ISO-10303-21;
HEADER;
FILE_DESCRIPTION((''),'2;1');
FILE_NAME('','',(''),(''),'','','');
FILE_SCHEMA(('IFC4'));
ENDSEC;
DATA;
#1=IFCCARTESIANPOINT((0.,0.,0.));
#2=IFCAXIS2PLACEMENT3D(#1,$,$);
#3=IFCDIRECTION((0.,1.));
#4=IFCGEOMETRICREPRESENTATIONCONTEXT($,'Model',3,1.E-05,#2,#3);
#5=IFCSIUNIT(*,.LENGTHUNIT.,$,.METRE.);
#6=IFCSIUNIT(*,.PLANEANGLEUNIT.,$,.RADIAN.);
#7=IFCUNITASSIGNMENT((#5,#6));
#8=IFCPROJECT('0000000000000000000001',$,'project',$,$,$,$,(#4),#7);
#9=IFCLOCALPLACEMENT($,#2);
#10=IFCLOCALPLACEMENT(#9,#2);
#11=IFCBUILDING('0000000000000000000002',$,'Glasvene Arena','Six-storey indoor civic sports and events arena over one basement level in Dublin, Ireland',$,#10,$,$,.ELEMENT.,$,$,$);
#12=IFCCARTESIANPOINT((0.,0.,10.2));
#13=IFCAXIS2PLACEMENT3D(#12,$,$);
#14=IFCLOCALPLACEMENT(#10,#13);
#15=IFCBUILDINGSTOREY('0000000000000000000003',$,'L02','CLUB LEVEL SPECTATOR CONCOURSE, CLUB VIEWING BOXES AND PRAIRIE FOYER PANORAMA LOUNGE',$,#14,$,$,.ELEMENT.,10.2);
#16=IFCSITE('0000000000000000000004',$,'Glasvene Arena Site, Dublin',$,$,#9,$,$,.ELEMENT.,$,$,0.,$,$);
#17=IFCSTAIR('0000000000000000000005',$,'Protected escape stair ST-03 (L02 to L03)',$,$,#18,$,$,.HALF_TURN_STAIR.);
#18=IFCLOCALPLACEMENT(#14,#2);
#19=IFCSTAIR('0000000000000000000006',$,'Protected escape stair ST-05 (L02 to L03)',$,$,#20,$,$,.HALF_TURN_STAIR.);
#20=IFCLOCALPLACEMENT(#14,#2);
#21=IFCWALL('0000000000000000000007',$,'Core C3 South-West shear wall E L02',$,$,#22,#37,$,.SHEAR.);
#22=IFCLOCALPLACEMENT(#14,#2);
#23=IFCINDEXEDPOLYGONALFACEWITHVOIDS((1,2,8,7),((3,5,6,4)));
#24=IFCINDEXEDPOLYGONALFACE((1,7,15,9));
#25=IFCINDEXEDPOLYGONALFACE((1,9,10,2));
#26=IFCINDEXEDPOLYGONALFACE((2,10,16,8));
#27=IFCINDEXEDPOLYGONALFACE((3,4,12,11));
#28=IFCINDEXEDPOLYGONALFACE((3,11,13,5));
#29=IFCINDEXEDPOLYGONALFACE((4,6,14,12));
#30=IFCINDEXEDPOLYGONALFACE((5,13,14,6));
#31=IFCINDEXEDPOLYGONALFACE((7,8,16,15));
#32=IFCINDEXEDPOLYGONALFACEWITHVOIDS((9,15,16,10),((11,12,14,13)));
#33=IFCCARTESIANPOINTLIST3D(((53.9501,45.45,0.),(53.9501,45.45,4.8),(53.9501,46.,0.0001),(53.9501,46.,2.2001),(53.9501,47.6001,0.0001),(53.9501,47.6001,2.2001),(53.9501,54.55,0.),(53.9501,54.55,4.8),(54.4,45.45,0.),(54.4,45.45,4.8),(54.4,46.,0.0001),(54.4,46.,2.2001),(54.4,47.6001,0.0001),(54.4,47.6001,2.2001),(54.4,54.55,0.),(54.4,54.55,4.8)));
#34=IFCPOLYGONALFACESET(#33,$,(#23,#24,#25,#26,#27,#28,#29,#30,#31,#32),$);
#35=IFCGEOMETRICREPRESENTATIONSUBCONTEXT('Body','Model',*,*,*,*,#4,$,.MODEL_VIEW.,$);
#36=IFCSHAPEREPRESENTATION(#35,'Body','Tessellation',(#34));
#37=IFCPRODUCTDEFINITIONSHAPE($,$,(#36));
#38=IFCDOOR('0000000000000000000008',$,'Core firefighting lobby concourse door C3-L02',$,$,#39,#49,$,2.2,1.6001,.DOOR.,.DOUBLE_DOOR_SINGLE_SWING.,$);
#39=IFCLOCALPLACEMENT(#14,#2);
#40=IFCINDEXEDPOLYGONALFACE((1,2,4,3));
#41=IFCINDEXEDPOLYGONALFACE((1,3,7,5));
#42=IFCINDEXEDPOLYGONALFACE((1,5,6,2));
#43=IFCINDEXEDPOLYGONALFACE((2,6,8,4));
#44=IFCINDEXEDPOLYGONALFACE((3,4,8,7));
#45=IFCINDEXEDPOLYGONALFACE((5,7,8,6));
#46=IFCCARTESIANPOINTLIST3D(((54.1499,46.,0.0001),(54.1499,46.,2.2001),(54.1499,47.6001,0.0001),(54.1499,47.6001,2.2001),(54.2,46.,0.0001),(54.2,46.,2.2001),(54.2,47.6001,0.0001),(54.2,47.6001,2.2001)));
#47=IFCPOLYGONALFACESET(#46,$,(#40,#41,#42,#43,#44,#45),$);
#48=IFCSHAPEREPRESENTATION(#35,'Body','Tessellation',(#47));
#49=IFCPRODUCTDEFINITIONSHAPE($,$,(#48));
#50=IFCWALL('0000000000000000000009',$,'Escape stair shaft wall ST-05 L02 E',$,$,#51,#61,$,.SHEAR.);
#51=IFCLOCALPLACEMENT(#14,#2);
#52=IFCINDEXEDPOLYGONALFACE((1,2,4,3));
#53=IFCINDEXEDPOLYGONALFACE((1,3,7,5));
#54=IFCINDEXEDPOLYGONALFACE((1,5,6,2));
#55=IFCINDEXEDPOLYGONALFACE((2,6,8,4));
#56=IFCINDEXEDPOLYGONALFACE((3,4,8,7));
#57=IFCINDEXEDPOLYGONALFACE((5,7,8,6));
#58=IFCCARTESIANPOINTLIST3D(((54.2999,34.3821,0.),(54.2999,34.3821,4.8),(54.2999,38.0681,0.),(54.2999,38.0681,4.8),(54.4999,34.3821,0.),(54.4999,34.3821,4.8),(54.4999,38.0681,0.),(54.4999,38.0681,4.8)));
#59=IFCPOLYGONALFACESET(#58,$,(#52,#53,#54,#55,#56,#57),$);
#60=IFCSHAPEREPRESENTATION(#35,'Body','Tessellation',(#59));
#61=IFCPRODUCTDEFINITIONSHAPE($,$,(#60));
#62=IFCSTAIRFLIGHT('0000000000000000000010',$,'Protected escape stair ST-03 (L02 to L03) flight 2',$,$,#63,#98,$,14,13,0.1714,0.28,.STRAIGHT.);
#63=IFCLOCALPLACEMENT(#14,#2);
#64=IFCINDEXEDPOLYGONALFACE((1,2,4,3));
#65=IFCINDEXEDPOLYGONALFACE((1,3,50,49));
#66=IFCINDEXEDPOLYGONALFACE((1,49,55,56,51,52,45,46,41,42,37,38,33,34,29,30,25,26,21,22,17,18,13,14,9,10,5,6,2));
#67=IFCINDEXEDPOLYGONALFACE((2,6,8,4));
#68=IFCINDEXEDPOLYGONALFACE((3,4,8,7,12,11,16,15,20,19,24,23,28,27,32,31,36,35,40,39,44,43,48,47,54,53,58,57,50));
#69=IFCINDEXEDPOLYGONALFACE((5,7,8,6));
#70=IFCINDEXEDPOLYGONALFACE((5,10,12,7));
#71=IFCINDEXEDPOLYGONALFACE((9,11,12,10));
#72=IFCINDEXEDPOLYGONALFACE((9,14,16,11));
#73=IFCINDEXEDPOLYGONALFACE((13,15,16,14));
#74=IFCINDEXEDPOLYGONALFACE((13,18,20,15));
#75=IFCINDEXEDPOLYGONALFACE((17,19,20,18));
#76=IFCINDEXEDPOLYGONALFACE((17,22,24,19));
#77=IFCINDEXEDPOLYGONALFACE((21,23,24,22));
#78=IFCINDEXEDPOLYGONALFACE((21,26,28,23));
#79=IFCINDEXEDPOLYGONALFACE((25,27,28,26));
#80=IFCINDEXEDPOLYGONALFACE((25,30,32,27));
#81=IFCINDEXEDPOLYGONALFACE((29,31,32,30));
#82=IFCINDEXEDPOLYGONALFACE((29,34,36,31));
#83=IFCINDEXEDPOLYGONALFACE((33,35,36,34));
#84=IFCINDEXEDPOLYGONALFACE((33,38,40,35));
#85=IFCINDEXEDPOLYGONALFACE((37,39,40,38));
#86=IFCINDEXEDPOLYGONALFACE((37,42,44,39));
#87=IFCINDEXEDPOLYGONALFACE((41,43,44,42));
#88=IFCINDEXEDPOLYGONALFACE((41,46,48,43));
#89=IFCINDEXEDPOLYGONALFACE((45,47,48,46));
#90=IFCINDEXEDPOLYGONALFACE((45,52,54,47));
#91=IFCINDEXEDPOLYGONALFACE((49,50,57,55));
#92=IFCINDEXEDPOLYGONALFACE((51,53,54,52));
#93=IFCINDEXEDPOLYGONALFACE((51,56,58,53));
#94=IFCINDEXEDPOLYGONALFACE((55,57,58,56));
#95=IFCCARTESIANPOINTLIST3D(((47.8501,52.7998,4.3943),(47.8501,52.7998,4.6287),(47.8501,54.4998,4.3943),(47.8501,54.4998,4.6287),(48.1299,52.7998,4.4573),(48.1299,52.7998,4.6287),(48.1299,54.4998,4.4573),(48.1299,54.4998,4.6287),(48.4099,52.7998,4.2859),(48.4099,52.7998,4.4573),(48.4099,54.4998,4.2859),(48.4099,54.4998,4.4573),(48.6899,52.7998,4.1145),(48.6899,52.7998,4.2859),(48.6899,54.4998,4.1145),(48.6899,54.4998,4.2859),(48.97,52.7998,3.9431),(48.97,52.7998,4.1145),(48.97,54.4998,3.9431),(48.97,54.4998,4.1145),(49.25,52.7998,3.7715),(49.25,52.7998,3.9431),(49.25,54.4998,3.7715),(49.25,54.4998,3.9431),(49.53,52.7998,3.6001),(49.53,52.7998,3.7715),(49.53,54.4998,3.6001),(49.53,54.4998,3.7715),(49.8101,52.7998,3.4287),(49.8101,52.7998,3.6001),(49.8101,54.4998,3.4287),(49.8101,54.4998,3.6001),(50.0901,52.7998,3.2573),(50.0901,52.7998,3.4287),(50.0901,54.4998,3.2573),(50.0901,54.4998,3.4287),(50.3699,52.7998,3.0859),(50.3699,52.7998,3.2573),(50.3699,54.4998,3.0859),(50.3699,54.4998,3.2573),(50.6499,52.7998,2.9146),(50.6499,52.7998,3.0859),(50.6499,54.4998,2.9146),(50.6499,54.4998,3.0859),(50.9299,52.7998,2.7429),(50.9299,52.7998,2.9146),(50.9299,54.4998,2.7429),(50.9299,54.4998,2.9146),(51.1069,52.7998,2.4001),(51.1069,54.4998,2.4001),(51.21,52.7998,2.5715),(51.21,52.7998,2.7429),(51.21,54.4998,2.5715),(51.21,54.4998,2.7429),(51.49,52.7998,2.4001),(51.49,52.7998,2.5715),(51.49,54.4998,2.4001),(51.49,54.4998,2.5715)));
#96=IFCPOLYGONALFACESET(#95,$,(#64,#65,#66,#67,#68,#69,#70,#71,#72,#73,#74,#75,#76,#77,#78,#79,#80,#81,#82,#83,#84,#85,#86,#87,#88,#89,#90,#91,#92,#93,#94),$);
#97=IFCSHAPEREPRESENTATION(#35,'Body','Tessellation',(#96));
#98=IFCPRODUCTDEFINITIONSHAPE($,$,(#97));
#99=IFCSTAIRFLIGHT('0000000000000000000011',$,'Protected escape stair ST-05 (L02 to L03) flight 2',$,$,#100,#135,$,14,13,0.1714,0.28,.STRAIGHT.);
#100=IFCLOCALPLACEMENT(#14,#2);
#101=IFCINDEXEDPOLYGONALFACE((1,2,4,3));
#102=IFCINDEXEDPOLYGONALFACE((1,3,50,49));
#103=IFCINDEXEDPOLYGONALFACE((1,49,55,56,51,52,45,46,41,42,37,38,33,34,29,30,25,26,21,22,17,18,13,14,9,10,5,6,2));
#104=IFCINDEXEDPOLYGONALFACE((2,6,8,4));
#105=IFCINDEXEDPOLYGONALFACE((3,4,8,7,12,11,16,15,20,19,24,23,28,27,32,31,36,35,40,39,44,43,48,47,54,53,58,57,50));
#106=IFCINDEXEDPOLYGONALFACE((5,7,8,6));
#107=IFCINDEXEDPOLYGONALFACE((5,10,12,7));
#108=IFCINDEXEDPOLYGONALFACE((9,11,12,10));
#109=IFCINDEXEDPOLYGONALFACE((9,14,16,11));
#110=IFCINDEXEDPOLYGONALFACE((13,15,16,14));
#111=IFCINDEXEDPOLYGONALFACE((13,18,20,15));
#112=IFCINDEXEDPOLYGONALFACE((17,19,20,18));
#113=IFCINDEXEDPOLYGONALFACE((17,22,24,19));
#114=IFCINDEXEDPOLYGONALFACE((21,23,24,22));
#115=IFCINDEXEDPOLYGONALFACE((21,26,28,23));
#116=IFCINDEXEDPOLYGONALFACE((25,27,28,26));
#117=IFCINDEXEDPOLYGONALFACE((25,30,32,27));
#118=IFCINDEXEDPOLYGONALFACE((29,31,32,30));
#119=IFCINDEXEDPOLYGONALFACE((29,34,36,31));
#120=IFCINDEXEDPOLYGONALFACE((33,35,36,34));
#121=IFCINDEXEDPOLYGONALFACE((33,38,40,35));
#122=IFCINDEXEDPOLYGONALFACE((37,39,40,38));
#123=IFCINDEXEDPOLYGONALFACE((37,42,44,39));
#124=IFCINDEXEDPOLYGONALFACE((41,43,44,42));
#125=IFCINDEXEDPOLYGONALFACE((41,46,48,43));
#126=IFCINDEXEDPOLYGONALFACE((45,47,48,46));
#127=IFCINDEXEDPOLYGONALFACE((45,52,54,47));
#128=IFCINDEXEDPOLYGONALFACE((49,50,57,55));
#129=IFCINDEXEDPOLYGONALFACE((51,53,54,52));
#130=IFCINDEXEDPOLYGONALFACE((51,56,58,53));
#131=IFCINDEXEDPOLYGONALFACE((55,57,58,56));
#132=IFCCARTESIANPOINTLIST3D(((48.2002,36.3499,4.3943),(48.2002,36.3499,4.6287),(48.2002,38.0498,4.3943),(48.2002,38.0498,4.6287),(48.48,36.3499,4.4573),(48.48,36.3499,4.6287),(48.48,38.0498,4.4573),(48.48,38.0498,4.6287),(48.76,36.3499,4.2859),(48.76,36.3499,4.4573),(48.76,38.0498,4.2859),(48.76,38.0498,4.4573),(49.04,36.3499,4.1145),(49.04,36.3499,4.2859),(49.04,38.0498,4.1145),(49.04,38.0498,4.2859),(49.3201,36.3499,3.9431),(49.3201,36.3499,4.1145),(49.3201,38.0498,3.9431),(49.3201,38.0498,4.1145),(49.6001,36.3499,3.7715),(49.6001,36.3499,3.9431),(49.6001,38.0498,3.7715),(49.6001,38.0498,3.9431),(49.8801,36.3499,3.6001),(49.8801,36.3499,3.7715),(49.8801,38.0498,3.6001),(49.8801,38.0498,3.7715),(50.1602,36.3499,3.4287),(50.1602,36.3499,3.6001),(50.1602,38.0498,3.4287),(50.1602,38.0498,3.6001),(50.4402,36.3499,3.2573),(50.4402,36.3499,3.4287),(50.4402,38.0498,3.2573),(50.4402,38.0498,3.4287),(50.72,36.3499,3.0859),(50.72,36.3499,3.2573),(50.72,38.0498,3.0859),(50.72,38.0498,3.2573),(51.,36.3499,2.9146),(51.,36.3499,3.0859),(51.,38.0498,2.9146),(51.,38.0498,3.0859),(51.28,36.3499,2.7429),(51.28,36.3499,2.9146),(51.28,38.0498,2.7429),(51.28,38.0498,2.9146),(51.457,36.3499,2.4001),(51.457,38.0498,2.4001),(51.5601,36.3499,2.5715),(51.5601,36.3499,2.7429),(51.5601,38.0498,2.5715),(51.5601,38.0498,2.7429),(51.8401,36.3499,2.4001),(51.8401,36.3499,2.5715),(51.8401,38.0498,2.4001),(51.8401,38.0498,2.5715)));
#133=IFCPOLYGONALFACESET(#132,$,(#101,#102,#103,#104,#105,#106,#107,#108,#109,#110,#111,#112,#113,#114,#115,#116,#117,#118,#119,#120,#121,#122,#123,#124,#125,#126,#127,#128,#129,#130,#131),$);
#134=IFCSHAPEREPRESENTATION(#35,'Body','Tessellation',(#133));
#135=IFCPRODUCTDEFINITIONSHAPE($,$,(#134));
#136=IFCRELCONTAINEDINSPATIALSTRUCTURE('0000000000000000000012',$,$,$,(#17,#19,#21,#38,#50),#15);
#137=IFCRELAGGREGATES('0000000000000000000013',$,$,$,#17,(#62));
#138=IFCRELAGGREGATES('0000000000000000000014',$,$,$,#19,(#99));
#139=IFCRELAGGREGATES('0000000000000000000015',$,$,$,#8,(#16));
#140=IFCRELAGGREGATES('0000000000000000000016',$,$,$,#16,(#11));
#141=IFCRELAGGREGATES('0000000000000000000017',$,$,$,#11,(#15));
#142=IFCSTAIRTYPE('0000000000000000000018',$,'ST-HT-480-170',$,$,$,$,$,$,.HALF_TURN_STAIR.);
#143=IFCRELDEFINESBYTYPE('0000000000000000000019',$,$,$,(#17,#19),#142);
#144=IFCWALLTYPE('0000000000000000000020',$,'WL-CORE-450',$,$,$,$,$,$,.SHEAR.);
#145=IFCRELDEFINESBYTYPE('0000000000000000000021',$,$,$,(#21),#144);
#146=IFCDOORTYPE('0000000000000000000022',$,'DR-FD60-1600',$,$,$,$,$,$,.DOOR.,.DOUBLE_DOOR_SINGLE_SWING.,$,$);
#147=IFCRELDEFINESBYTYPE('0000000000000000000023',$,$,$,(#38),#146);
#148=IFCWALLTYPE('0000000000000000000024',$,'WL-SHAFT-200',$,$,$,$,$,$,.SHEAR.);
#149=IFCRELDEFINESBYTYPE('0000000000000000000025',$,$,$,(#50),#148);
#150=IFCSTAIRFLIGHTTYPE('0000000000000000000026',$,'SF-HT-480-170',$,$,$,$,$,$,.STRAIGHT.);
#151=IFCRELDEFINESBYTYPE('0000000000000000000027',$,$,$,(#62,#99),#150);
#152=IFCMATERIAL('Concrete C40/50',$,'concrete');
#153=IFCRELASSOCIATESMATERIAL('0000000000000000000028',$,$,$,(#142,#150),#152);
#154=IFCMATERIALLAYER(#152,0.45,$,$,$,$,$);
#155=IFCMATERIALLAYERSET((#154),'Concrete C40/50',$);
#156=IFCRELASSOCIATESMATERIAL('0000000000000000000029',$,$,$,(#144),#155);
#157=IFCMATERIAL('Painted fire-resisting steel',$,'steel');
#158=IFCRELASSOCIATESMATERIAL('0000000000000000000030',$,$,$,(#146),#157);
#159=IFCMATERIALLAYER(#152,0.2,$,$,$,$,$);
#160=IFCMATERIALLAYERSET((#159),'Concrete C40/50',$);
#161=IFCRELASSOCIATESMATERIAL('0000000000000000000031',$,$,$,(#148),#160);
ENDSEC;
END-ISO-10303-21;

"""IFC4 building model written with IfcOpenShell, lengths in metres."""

from ifc_helpers import new_model, si_unit, direction, frame, frame_2d, origin, place, context, subcontext, project, spatial, polyline, rectangle, outline, extrude, material, layer, layer_set, type_object, element, fill, aggregate, save


model = new_model("IFC4")

# Units and contexts
model_context = context("Model", 3, precision=1e-05, world=origin(), true_north=direction((0.0, 1.0)))
body_context = subcontext(model_context, "Body", "Model", "MODEL_VIEW")
ifc_project = project(units=[si_unit("LENGTHUNIT", "METRE"), si_unit("PLANEANGLEUNIT", "RADIAN")], contexts=[model_context])

# Site, building, storey
site_placement = place(None, origin())
site = spatial("IfcSite", under=ifc_project, at=site_placement, Name="Glasvene Arena Site, Dublin", CompositionType="ELEMENT", RefElevation=0.0)
building_placement = place(site_placement, origin())
building = spatial("IfcBuilding", under=site, at=building_placement, Name="Glasvene Arena", Description="Six-storey indoor civic sports and events arena over one basement level in Dublin, Ireland", CompositionType="ELEMENT")
storey_placement = place(building_placement, frame((0.0, 0.0, 10.2)))
storey = spatial("IfcBuildingStorey", under=building, at=storey_placement, Name="L02", Description="CLUB LEVEL SPECTATOR CONCOURSE, CLUB VIEWING BOXES AND PRAIRIE FOYER PANORAMA LOUNGE", CompositionType="ELEMENT", Elevation=10.2)

# Shared definitions
ifc_material_1 = material(Name="Concrete C40/50", Category="concrete")

# Stairs
stair_type = type_object("IfcStairType", Name="ST-HT-480-170", PredefinedType="HALF_TURN_STAIR", material=ifc_material_1)
stair_1_placement = place(storey_placement, origin())
stair_1 = element("IfcStair", 1, at=stair_1_placement, inside=storey, type_object=stair_type, Name="Protected escape stair ST-03 (L02 to L03)", PredefinedType="HALF_TURN_STAIR")
stair_2_placement = place(storey_placement, origin())
stair_2 = element("IfcStair", 2, at=stair_2_placement, inside=storey, type_object=stair_type, Name="Protected escape stair ST-05 (L02 to L03)", PredefinedType="HALF_TURN_STAIR")

# Wall, opening, door
ifc_layer_1 = layer(ifc_material_1, 0.45)
ifc_layer_set_1 = layer_set([ifc_layer_1], Name="Concrete C40/50")
wall_type_1 = type_object("IfcWallType", Name="WL-CORE-450", PredefinedType="SHEAR", material=ifc_layer_set_1)
wall_1_placement = place(storey_placement, frame((54.175, 45.45, 0.0), z_axis=(0.0, 0.0, 1.0), x_axis=(0.0, 1.0, 0.0)))
wall_1 = element("IfcWall", 3, at=wall_1_placement, inside=storey, type_object=wall_type_1, Name="Core C3 South-West shear wall E L02", PredefinedType="SHEAR", context=body_context, shape_type="SweptSolid", body=[
    extrude(rectangle(XDim=9.1001, YDim=0.45, at=frame_2d((4.55, 0.0))), origin(), (0.0, 0.0, 1.0), 4.8),
])
opening_placement = place(wall_1_placement, frame((0.55, 0.0, 0.0)))
opening = element("IfcOpeningElement", 4, at=opening_placement, cuts=wall_1, PredefinedType="OPENING", context=body_context, shape_type="SweptSolid", body=[
    extrude(rectangle(XDim=1.6001, YDim=2.2, at=frame_2d((0.8, 1.1001))), frame((0.0, 0.2349, 0.0), z_axis=(0.0, -1.0, 0.0), x_axis=(1.0, 0.0, 0.0)), (0.0, 0.0, 1.0), 0.47),
])
ifc_material_2 = material(Name="Painted fire-resisting steel", Category="steel")
door_type = type_object("IfcDoorType", Name="DR-FD60-1600", OperationType="DOUBLE_DOOR_SINGLE_SWING", PredefinedType="DOOR", material=ifc_material_2)
door_placement = place(opening_placement, frame((1.6001, 0.0, 0.0), z_axis=(0.0, 0.0, 1.0), x_axis=(-1.0, 0.0, 0.0)))
door = element("IfcDoor", 5, at=door_placement, inside=storey, type_object=door_type, Name="Core firefighting lobby concourse door C3-L02", OperationType="DOUBLE_DOOR_SINGLE_SWING", OverallHeight=2.2, OverallWidth=1.6001, PredefinedType="DOOR", context=body_context, shape_type="SweptSolid", body=[
    extrude(rectangle(XDim=1.6001, YDim=2.2, at=frame_2d((0.8, 1.1001))), frame((0.0, 0.0249, 0.0), z_axis=(0.0, -1.0, 0.0), x_axis=(1.0, 0.0, 0.0)), (0.0, 0.0, 1.0), 0.05),
])
fill(opening, door)

# Wall
ifc_layer_2 = layer(ifc_material_1, 0.2)
ifc_layer_set_2 = layer_set([ifc_layer_2], Name="Concrete C40/50")
wall_type_2 = type_object("IfcWallType", Name="WL-SHAFT-200", PredefinedType="SHEAR", material=ifc_layer_set_2)
wall_2_placement = place(storey_placement, frame((54.3999, 34.3821, 0.0), z_axis=(0.0, 0.0, 1.0), x_axis=(0.0, 1.0, 0.0)))
element("IfcWall", 6, at=wall_2_placement, inside=storey, type_object=wall_type_2, Name="Escape stair shaft wall ST-05 L02 E", PredefinedType="SHEAR", context=body_context, shape_type="SweptSolid", body=[
    extrude(rectangle(XDim=3.686, YDim=0.2, at=frame_2d((1.843, 0.0))), origin(), (0.0, 0.0, 1.0), 4.8),
])

# Stair flights
stair_flight_type = type_object("IfcStairFlightType", Name="SF-HT-480-170", PredefinedType="STRAIGHT", material=ifc_material_1)
stair_flight_1_placement = place(storey_placement, frame((51.49, 53.6499, 2.4001), z_axis=(0.0, 0.0, 1.0), x_axis=(-1.0, 0.0, 0.0)))
stair_flight_1 = element("IfcStairFlight", 7, at=stair_flight_1_placement, type_object=stair_flight_type, Name="Protected escape stair ST-03 (L02 to L03) flight 2", NumberOfRisers=14, NumberOfTreads=13, PredefinedType="STRAIGHT", RiserHeight=0.1714, TreadLength=0.28, context=body_context, shape_type="SweptSolid", body=[
    extrude(outline(polyline([(0.0, 0.0), (0.0, 0.1714), (0.28, 0.1714), (0.28, 0.3428), (0.5601, 0.3428), (0.5601, 0.5144), (0.8401, 0.5144), (0.8401, 0.6858), (1.1201, 0.6858), (1.1201, 0.8572), (1.3999, 0.8572), (1.3999, 1.0286), (1.6799, 1.0286), (1.6799, 1.2), (1.96, 1.2), (1.96, 1.3713), (2.24, 1.3713), (2.24, 1.543), (2.52, 1.543), (2.52, 1.7144), (2.8, 1.7144), (2.8, 1.8857), (3.0801, 1.8857), (3.0801, 2.0571), (3.3601, 2.0571), (3.3601, 2.2285), (3.6399, 2.2285), (3.6399, 2.3999), (3.6399, 1.9941), (0.3831, 0.0), (0.0, 0.0)])), frame((0.0, 0.8501, 0.0), z_axis=(0.0, -1.0, 0.0), x_axis=(1.0, 0.0, 0.0)), (0.0, 0.0, 1.0), 1.7),
])
aggregate(stair_1, [stair_flight_1])
stair_flight_2_placement = place(storey_placement, frame((51.8401, 37.2, 2.4001), z_axis=(0.0, 0.0, 1.0), x_axis=(-1.0, 0.0, 0.0)))
stair_flight_2 = element("IfcStairFlight", 8, at=stair_flight_2_placement, type_object=stair_flight_type, Name="Protected escape stair ST-05 (L02 to L03) flight 2", NumberOfRisers=14, NumberOfTreads=13, PredefinedType="STRAIGHT", RiserHeight=0.1714, TreadLength=0.28, context=body_context, shape_type="SweptSolid", body=[
    extrude(outline(polyline([(0.0, 0.0), (0.0, 0.1714), (0.28, 0.1714), (0.28, 0.3428), (0.5601, 0.3428), (0.5601, 0.5144), (0.8401, 0.5144), (0.8401, 0.6858), (1.1201, 0.6858), (1.1201, 0.8572), (1.3999, 0.8572), (1.3999, 1.0286), (1.6799, 1.0286), (1.6799, 1.2), (1.96, 1.2), (1.96, 1.3713), (2.24, 1.3713), (2.24, 1.543), (2.52, 1.543), (2.52, 1.7144), (2.8, 1.7144), (2.8, 1.8857), (3.0801, 1.8857), (3.0801, 2.0571), (3.3601, 2.0571), (3.3601, 2.2285), (3.6399, 2.2285), (3.6399, 2.3999), (3.6399, 1.9941), (0.3831, 0.0), (0.0, 0.0)])), frame((0.0, 0.8501, 0.0), z_axis=(0.0, -1.0, 0.0), x_axis=(1.0, 0.0, 0.0)), (0.0, 0.0, 1.0), 1.7),
])
aggregate(stair_2, [stair_flight_2])

save(model, "model.ifc")
